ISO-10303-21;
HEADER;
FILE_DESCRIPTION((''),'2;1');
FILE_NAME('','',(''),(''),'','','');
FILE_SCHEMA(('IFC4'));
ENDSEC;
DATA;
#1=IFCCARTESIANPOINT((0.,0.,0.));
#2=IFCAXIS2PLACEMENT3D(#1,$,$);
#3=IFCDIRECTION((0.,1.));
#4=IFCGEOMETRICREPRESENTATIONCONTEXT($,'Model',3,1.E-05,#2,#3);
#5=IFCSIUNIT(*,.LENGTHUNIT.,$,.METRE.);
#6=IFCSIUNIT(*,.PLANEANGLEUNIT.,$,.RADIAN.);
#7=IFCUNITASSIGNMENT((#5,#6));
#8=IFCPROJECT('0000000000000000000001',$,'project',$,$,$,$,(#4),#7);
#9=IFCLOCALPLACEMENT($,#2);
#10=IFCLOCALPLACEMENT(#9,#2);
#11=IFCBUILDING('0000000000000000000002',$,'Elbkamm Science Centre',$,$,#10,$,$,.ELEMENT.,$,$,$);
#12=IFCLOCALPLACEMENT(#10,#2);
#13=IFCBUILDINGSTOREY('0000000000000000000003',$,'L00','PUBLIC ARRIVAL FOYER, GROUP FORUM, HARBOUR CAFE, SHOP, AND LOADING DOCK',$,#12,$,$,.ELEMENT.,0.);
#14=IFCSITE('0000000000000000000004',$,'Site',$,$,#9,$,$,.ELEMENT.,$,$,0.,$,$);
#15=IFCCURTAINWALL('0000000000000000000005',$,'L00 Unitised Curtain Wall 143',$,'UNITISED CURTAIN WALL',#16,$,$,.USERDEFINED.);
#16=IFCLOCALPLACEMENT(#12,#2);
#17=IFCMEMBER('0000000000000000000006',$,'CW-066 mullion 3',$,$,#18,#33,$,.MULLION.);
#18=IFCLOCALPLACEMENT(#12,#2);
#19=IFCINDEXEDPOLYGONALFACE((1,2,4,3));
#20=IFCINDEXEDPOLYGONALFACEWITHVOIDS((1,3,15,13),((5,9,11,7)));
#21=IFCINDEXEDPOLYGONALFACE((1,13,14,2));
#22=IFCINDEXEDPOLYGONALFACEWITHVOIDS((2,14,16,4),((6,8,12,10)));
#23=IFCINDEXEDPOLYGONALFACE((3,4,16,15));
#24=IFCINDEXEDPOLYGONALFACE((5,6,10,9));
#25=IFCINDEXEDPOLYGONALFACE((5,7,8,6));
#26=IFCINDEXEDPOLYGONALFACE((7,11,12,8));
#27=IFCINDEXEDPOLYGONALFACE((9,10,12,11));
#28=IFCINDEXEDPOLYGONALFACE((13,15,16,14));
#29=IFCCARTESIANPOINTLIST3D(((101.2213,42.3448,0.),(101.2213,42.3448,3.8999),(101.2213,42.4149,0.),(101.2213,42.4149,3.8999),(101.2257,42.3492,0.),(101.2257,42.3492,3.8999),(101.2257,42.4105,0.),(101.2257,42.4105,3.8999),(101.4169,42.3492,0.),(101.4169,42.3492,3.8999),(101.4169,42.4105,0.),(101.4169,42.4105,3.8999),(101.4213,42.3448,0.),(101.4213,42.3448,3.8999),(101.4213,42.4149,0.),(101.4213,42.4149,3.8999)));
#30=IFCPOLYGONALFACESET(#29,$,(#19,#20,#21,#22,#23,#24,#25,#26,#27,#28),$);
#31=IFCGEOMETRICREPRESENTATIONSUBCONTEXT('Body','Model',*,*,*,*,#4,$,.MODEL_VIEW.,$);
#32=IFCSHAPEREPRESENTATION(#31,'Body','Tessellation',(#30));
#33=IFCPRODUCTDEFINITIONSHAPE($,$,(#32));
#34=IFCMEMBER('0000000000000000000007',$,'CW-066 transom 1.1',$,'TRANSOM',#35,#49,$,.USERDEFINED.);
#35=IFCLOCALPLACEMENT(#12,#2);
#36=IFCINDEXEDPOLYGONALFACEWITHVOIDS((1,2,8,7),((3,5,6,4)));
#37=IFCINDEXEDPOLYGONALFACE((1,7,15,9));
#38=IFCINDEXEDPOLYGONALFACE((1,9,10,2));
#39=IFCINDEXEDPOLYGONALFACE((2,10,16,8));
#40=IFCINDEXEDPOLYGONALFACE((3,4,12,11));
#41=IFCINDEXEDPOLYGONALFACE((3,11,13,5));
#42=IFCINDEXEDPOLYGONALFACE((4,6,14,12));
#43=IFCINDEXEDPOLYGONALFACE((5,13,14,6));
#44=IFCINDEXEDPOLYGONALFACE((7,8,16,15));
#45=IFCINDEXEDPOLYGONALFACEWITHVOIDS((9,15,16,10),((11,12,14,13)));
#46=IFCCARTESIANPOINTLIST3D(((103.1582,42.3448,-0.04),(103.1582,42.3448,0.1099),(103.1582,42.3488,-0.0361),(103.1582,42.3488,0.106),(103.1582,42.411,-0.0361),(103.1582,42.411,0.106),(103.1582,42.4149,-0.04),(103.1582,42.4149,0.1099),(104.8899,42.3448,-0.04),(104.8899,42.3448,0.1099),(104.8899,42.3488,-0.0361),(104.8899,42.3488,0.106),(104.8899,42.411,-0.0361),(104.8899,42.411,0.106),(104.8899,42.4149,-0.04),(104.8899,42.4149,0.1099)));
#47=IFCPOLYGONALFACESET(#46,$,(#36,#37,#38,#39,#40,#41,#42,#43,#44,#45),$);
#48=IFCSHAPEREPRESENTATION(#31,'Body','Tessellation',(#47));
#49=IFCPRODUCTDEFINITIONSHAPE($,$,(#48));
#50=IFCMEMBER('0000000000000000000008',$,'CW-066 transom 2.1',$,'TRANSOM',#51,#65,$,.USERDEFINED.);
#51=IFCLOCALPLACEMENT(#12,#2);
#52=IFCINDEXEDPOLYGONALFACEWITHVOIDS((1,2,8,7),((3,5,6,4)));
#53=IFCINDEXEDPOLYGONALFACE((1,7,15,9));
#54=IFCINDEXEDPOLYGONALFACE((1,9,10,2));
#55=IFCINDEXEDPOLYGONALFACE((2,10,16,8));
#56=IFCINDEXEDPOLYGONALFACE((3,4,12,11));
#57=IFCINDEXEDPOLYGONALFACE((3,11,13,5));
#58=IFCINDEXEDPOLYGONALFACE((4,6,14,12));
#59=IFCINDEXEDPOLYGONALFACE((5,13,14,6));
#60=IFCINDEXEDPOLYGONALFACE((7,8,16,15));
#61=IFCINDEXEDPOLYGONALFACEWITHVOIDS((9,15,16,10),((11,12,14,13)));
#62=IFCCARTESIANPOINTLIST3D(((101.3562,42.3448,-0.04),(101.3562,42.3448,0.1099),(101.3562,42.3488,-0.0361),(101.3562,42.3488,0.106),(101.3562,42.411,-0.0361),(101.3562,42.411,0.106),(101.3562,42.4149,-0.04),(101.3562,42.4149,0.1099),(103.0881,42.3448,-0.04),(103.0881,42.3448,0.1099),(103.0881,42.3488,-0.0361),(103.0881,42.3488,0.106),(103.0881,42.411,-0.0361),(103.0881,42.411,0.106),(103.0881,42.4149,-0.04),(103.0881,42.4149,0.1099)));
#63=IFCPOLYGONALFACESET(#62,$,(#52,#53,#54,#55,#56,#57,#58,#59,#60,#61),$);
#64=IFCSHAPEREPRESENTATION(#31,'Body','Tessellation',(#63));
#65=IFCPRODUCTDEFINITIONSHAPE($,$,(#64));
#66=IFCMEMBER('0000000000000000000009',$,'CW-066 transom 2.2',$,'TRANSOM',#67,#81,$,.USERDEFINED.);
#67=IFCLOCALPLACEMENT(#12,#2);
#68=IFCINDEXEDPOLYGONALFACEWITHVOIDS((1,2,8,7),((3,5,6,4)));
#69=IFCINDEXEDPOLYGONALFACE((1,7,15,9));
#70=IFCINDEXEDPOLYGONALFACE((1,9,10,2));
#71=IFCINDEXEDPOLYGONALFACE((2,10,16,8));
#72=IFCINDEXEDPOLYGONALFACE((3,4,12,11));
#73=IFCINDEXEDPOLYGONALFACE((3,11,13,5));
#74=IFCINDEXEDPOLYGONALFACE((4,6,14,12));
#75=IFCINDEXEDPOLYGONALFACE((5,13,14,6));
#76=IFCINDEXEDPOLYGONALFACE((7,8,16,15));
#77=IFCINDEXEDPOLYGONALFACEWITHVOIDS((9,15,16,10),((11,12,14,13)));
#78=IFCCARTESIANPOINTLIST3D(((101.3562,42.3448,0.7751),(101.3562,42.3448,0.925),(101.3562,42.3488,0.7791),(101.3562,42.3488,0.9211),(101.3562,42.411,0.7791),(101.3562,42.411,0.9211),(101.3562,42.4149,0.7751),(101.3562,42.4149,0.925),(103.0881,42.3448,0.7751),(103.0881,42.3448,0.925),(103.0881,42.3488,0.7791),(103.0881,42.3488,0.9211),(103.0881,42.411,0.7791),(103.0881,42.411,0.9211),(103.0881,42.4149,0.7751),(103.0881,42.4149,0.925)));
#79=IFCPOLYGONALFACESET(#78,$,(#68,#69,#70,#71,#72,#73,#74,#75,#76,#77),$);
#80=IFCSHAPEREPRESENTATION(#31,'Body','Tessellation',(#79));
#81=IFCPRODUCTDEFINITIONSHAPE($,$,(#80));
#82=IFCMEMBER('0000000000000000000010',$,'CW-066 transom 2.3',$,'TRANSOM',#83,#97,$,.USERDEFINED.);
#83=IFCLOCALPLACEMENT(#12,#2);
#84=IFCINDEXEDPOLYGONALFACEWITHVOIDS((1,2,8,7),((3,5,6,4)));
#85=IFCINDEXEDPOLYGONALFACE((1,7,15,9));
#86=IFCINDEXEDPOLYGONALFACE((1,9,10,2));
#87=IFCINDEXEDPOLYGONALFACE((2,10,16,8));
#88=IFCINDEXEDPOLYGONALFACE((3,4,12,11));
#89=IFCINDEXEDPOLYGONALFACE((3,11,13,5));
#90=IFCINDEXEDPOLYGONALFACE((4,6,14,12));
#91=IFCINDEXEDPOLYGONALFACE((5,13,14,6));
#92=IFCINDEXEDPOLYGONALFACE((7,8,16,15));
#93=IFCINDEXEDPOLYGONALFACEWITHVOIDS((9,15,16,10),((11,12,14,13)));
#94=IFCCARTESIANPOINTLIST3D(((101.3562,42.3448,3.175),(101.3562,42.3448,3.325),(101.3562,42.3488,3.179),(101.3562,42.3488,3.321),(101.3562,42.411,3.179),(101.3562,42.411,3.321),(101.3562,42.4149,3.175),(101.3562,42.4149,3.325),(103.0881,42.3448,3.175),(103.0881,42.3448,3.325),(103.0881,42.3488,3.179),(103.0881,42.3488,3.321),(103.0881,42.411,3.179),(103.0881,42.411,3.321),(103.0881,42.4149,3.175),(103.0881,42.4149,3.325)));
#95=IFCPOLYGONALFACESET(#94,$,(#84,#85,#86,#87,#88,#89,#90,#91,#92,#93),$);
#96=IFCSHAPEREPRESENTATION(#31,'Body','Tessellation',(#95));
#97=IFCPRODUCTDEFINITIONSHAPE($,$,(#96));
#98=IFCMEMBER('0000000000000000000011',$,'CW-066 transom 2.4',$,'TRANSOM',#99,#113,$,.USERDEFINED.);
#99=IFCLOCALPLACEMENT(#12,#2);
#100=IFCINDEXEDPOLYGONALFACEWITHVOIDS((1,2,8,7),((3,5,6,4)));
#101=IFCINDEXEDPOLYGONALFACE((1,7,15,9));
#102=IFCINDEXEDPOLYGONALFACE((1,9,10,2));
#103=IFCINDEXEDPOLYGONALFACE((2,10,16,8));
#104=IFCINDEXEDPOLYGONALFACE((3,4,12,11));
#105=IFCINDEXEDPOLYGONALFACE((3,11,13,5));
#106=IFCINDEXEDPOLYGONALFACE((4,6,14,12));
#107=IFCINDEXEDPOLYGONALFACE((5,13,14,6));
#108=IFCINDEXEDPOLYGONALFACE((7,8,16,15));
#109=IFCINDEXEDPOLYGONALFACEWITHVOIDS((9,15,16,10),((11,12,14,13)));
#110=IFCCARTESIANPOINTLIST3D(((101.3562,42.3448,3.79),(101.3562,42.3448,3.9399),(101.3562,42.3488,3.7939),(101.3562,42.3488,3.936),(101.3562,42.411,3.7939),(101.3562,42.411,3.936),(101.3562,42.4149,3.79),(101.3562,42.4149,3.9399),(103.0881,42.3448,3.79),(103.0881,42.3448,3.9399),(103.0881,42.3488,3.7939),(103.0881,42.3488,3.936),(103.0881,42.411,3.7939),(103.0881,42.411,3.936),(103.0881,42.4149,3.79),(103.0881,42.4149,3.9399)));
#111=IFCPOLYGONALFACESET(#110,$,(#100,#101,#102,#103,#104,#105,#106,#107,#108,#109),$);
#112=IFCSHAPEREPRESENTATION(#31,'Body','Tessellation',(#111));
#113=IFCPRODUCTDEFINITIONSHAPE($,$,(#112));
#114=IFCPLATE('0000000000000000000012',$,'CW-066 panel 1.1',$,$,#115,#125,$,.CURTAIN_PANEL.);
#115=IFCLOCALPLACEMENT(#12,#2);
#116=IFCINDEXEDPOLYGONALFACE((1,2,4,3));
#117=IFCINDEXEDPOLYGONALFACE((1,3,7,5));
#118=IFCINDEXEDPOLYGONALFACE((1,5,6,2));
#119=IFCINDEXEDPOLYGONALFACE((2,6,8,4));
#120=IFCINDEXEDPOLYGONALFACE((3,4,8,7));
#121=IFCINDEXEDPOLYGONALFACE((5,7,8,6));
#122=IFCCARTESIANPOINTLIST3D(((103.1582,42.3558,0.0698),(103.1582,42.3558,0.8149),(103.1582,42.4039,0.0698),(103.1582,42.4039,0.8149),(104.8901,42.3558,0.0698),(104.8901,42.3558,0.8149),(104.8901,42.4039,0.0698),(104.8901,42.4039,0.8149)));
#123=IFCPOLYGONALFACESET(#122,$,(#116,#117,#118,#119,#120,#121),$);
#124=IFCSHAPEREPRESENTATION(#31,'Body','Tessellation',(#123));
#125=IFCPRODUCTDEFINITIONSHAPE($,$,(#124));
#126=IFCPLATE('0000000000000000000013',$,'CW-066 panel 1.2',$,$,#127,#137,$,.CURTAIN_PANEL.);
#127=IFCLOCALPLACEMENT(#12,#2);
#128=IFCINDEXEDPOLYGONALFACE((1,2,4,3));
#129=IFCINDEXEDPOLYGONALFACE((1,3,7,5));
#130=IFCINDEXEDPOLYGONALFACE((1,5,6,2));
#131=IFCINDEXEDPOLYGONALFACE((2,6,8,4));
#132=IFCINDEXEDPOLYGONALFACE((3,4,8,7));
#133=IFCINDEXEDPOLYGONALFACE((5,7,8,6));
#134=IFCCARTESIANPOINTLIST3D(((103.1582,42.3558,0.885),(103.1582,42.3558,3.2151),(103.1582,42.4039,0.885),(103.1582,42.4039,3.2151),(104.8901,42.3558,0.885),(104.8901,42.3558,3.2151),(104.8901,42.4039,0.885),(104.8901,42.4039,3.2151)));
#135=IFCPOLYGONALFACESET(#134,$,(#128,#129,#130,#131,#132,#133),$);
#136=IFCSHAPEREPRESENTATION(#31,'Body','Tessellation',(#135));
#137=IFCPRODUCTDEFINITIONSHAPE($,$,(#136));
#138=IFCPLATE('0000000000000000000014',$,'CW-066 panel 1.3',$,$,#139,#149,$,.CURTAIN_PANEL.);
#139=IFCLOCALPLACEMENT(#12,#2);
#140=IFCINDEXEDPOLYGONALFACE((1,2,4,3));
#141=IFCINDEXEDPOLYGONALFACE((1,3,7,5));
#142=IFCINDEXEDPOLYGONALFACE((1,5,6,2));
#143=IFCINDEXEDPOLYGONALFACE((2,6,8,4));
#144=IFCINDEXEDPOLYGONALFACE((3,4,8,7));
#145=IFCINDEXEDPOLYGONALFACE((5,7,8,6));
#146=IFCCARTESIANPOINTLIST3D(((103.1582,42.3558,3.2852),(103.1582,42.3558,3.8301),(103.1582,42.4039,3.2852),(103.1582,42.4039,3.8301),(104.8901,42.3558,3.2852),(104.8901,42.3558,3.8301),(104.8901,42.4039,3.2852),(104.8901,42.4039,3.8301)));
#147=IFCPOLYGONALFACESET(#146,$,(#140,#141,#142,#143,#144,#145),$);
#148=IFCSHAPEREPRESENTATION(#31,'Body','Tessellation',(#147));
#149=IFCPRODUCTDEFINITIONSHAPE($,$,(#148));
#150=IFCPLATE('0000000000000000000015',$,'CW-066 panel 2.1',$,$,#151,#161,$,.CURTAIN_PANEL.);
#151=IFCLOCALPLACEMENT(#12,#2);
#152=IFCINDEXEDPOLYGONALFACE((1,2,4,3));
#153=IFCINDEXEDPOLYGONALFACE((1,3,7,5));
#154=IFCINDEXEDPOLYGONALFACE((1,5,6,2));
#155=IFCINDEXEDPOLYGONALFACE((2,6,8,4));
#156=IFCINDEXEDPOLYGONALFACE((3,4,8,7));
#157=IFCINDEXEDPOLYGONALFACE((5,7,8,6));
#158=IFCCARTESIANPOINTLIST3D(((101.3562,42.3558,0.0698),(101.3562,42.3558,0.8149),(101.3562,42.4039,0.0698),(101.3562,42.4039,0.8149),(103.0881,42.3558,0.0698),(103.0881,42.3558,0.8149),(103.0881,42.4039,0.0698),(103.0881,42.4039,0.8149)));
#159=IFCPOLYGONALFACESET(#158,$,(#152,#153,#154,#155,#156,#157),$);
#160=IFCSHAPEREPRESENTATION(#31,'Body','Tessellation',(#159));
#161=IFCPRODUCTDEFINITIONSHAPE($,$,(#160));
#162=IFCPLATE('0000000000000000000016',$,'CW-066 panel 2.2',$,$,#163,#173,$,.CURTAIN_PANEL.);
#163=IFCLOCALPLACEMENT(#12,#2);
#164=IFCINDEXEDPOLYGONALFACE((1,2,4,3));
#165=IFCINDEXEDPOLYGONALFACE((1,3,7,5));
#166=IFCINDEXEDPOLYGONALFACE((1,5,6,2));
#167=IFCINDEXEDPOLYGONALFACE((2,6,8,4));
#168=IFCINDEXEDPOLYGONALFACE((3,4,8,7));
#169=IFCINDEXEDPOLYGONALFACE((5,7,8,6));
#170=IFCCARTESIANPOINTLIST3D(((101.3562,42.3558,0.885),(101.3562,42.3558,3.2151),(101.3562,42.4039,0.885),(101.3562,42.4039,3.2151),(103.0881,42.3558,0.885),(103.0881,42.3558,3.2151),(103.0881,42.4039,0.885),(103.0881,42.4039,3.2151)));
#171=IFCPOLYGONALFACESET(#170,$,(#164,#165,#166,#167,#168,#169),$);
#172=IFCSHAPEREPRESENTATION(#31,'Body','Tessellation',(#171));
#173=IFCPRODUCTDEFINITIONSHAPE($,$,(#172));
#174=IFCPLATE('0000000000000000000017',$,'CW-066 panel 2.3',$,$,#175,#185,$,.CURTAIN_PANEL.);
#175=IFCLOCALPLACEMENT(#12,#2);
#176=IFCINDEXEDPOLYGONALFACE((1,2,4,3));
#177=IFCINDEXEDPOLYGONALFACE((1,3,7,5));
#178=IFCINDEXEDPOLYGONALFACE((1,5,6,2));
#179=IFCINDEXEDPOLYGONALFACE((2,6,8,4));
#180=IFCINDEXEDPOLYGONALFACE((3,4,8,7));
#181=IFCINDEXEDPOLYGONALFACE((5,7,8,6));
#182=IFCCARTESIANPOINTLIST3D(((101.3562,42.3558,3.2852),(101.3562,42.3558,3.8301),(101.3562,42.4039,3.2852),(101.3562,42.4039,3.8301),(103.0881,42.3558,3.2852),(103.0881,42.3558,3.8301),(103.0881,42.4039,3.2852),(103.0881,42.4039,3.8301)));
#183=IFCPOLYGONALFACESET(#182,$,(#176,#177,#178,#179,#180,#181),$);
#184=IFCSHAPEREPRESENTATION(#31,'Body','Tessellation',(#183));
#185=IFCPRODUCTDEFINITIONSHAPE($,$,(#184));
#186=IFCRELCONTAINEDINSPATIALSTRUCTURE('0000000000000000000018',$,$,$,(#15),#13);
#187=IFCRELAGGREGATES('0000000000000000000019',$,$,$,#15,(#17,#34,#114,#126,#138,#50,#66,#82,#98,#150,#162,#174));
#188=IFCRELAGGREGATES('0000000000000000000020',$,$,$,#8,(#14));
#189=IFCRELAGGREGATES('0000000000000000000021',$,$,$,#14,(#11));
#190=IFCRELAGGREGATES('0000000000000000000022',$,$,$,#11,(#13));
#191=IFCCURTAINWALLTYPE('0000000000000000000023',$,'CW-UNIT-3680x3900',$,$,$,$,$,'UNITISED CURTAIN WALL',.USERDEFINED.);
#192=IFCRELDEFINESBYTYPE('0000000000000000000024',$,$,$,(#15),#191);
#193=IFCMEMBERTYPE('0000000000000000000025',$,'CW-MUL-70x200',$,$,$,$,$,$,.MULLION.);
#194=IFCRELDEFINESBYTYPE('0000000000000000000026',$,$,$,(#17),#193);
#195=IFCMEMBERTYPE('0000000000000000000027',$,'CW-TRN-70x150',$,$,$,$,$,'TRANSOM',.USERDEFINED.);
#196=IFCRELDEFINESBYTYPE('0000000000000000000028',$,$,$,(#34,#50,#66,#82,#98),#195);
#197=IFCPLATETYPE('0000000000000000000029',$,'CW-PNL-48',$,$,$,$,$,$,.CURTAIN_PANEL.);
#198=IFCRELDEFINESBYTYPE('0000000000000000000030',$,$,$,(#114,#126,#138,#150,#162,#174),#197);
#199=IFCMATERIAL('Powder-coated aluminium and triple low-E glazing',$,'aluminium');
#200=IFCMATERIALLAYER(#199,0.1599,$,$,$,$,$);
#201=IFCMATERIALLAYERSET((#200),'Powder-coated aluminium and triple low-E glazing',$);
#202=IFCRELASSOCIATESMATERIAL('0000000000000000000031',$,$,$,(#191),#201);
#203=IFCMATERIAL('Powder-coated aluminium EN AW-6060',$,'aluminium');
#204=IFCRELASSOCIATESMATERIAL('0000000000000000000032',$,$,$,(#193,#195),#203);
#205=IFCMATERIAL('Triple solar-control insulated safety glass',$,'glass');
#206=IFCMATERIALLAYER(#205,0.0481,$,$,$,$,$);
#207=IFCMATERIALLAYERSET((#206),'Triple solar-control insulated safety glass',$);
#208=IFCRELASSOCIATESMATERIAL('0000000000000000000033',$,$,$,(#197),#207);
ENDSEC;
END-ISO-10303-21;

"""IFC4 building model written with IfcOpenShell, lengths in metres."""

from ifc_helpers import new_model, si_unit, direction, frame, origin, origin_2d, place, context, subcontext, project, spatial, rectangle, hollow_rectangle, extrude, material, layer, layer_set, material_profile, profile_set, type_object, element, aggregate, save


model = new_model("IFC4")

# Units and contexts
model_context = context("Model", 3, precision=1e-05, world=origin(), true_north=direction((0.0, 1.0)))
body_context = subcontext(model_context, "Body", "Model", "MODEL_VIEW")
ifc_project = project(units=[si_unit("LENGTHUNIT", "METRE"), si_unit("PLANEANGLEUNIT", "RADIAN")], contexts=[model_context])

# Site, building, storey
site_placement = place(None, origin())
site = spatial("IfcSite", under=ifc_project, at=site_placement, Name="Site", CompositionType="ELEMENT", RefElevation=0.0)
building_placement = place(site_placement, origin())
building = spatial("IfcBuilding", under=site, at=building_placement, Name="Elbkamm Science Centre", CompositionType="ELEMENT")
storey_placement = place(building_placement, origin())
storey = spatial("IfcBuildingStorey", under=building, at=storey_placement, Name="L00", Description="PUBLIC ARRIVAL FOYER, GROUP FORUM, HARBOUR CAFE, SHOP, AND LOADING DOCK", CompositionType="ELEMENT", Elevation=0.0)

# Curtain wall, members, plates
ifc_material_1 = material(Name="Powder-coated aluminium and triple low-E glazing", Category="aluminium")
ifc_layer_1 = layer(ifc_material_1, 0.1599)
ifc_layer_set_1 = layer_set([ifc_layer_1], Name="Powder-coated aluminium and triple low-E glazing")
curtain_wall_type = type_object("IfcCurtainWallType", Name="CW-UNIT-3680x3900", ElementType="UNITISED CURTAIN WALL", PredefinedType="USERDEFINED", material=ifc_layer_set_1)
curtain_wall_placement = place(storey_placement, origin())
curtain_wall = element("IfcCurtainWall", 1, at=curtain_wall_placement, inside=storey, type_object=curtain_wall_type, Name="L00 Unitised Curtain Wall 143", ObjectType="UNITISED CURTAIN WALL", PredefinedType="USERDEFINED")
ifc_material_2 = material(Name="Powder-coated aluminium EN AW-6060", Category="aluminium")
ifc_material_profile_1 = material_profile(ifc_material_2, hollow_rectangle(XDim=0.0701, YDim=0.2, WallThickness=0.0044, at=origin_2d()), Name="ALU M70x200")
ifc_profile_set_1 = profile_set([ifc_material_profile_1], Name="Powder-coated aluminium EN AW-6060")
member_type_1 = type_object("IfcMemberType", Name="CW-MUL-70x200", PredefinedType="MULLION", material=ifc_profile_set_1)
member_1_placement = place(storey_placement, frame((101.3213, 42.3799, 0.0), z_axis=(0.0, 0.0, 1.0), x_axis=(0.0, -1.0, 0.0)))
member_1 = element("IfcMember", 2, at=member_1_placement, type_object=member_type_1, Name="CW-066 mullion 3", PredefinedType="MULLION", context=body_context, shape_type="SweptSolid", body=[
    extrude(hollow_rectangle(XDim=0.0701, YDim=0.2, WallThickness=0.0044, at=origin_2d()), origin(), (0.0, 0.0, 1.0), 3.8999),
])
ifc_material_profile_2 = material_profile(ifc_material_2, hollow_rectangle(XDim=0.0701, YDim=0.1499, WallThickness=0.0039, at=origin_2d()), Name="ALU T70x150")
ifc_profile_set_2 = profile_set([ifc_material_profile_2], Name="Powder-coated aluminium EN AW-6060")
member_type_2 = type_object("IfcMemberType", Name="CW-TRN-70x150", ElementType="TRANSOM", PredefinedType="USERDEFINED", material=ifc_profile_set_2)
member_2_placement = place(storey_placement, frame((104.8899, 42.3799, 0.0349), z_axis=(-1.0, 0.0, 0.0), x_axis=(0.0, -1.0, 0.0)))
member_2 = element("IfcMember", 3, at=member_2_placement, type_object=member_type_2, Name="CW-066 transom 1.1", ObjectType="TRANSOM", PredefinedType="USERDEFINED", context=body_context, shape_type="SweptSolid", body=[
    extrude(hollow_rectangle(XDim=0.0701, YDim=0.1499, WallThickness=0.0039, at=origin_2d()), origin(), (0.0, 0.0, 1.0), 1.7317),
])
member_3_placement = place(storey_placement, frame((103.0881, 42.3799, 0.0349), z_axis=(-1.0, 0.0, 0.0), x_axis=(0.0, -1.0, 0.0)))
member_3 = element("IfcMember", 4, at=member_3_placement, type_object=member_type_2, Name="CW-066 transom 2.1", ObjectType="TRANSOM", PredefinedType="USERDEFINED", context=body_context, shape_type="SweptSolid", body=[
    extrude(hollow_rectangle(XDim=0.0701, YDim=0.1499, WallThickness=0.0039, at=origin_2d()), origin(), (0.0, 0.0, 1.0), 1.7319),
])
member_4_placement = place(storey_placement, frame((103.0881, 42.3799, 0.8501), z_axis=(-1.0, 0.0, 0.0), x_axis=(0.0, -1.0, 0.0)))
member_4 = element("IfcMember", 5, at=member_4_placement, type_object=member_type_2, Name="CW-066 transom 2.2", ObjectType="TRANSOM", PredefinedType="USERDEFINED", context=body_context, shape_type="SweptSolid", body=[
    extrude(hollow_rectangle(XDim=0.0701, YDim=0.1499, WallThickness=0.0039, at=origin_2d()), origin(), (0.0, 0.0, 1.0), 1.7319),
])
member_5_placement = place(storey_placement, frame((103.0881, 42.3799, 3.25), z_axis=(-1.0, 0.0, 0.0), x_axis=(0.0, -1.0, 0.0)))
member_5 = element("IfcMember", 6, at=member_5_placement, type_object=member_type_2, Name="CW-066 transom 2.3", ObjectType="TRANSOM", PredefinedType="USERDEFINED", context=body_context, shape_type="SweptSolid", body=[
    extrude(hollow_rectangle(XDim=0.0701, YDim=0.1499, WallThickness=0.0039, at=origin_2d()), origin(), (0.0, 0.0, 1.0), 1.7319),
])
member_6_placement = place(storey_placement, frame((103.0881, 42.3799, 3.865), z_axis=(-1.0, 0.0, 0.0), x_axis=(0.0, -1.0, 0.0)))
member_6 = element("IfcMember", 7, at=member_6_placement, type_object=member_type_2, Name="CW-066 transom 2.4", ObjectType="TRANSOM", PredefinedType="USERDEFINED", context=body_context, shape_type="SweptSolid", body=[
    extrude(hollow_rectangle(XDim=0.0701, YDim=0.1499, WallThickness=0.0039, at=origin_2d()), origin(), (0.0, 0.0, 1.0), 1.7319),
])
ifc_material_3 = material(Name="Triple solar-control insulated safety glass", Category="glass")
ifc_layer_2 = layer(ifc_material_3, 0.0481)
ifc_layer_set_2 = layer_set([ifc_layer_2], Name="Triple solar-control insulated safety glass")
plate_type = type_object("IfcPlateType", Name="CW-PNL-48", PredefinedType="CURTAIN_PANEL", material=ifc_layer_set_2)
plate_1_placement = place(storey_placement, frame((104.0242, 42.3799, 0.0698), z_axis=(0.0, 0.0, 1.0), x_axis=(-1.0, 0.0, 0.0)))
plate_1 = element("IfcPlate", 8, at=plate_1_placement, type_object=plate_type, Name="CW-066 panel 1.1", PredefinedType="CURTAIN_PANEL", context=body_context, shape_type="SweptSolid", body=[
    extrude(rectangle(XDim=1.7319, YDim=0.0481, at=origin_2d()), origin(), (0.0, 0.0, 1.0), 0.7451),
])
plate_2_placement = place(storey_placement, frame((104.0242, 42.3799, 0.885), z_axis=(0.0, 0.0, 1.0), x_axis=(-1.0, 0.0, 0.0)))
plate_2 = element("IfcPlate", 9, at=plate_2_placement, type_object=plate_type, Name="CW-066 panel 1.2", PredefinedType="CURTAIN_PANEL", context=body_context, shape_type="SweptSolid", body=[
    extrude(rectangle(XDim=1.7319, YDim=0.0481, at=origin_2d()), origin(), (0.0, 0.0, 1.0), 2.3301),
])
plate_3_placement = place(storey_placement, frame((104.0242, 42.3799, 3.2852), z_axis=(0.0, 0.0, 1.0), x_axis=(-1.0, 0.0, 0.0)))
plate_3 = element("IfcPlate", 10, at=plate_3_placement, type_object=plate_type, Name="CW-066 panel 1.3", PredefinedType="CURTAIN_PANEL", context=body_context, shape_type="SweptSolid", body=[
    extrude(rectangle(XDim=1.7319, YDim=0.0481, at=origin_2d()), origin(), (0.0, 0.0, 1.0), 0.5449),
])
plate_4_placement = place(storey_placement, frame((102.2222, 42.3799, 0.0698), z_axis=(0.0, 0.0, 1.0), x_axis=(-1.0, 0.0, 0.0)))
plate_4 = element("IfcPlate", 11, at=plate_4_placement, type_object=plate_type, Name="CW-066 panel 2.1", PredefinedType="CURTAIN_PANEL", context=body_context, shape_type="SweptSolid", body=[
    extrude(rectangle(XDim=1.7319, YDim=0.0481, at=origin_2d()), origin(), (0.0, 0.0, 1.0), 0.7451),
])
plate_5_placement = place(storey_placement, frame((102.2222, 42.3799, 0.885), z_axis=(0.0, 0.0, 1.0), x_axis=(-1.0, 0.0, 0.0)))
plate_5 = element("IfcPlate", 12, at=plate_5_placement, type_object=plate_type, Name="CW-066 panel 2.2", PredefinedType="CURTAIN_PANEL", context=body_context, shape_type="SweptSolid", body=[
    extrude(rectangle(XDim=1.7319, YDim=0.0481, at=origin_2d()), origin(), (0.0, 0.0, 1.0), 2.3301),
])
plate_6_placement = place(storey_placement, frame((102.2222, 42.3799, 3.2852), z_axis=(0.0, 0.0, 1.0), x_axis=(-1.0, 0.0, 0.0)))
plate_6 = element("IfcPlate", 13, at=plate_6_placement, type_object=plate_type, Name="CW-066 panel 2.3", PredefinedType="CURTAIN_PANEL", context=body_context, shape_type="SweptSolid", body=[
    extrude(rectangle(XDim=1.7319, YDim=0.0481, at=origin_2d()), origin(), (0.0, 0.0, 1.0), 0.5449),
])
aggregate(curtain_wall, [member_1, member_2, plate_1, plate_2, plate_3, member_3, member_4, member_5, member_6, plate_4, plate_5, plate_6])

save(model, "model.ifc")
